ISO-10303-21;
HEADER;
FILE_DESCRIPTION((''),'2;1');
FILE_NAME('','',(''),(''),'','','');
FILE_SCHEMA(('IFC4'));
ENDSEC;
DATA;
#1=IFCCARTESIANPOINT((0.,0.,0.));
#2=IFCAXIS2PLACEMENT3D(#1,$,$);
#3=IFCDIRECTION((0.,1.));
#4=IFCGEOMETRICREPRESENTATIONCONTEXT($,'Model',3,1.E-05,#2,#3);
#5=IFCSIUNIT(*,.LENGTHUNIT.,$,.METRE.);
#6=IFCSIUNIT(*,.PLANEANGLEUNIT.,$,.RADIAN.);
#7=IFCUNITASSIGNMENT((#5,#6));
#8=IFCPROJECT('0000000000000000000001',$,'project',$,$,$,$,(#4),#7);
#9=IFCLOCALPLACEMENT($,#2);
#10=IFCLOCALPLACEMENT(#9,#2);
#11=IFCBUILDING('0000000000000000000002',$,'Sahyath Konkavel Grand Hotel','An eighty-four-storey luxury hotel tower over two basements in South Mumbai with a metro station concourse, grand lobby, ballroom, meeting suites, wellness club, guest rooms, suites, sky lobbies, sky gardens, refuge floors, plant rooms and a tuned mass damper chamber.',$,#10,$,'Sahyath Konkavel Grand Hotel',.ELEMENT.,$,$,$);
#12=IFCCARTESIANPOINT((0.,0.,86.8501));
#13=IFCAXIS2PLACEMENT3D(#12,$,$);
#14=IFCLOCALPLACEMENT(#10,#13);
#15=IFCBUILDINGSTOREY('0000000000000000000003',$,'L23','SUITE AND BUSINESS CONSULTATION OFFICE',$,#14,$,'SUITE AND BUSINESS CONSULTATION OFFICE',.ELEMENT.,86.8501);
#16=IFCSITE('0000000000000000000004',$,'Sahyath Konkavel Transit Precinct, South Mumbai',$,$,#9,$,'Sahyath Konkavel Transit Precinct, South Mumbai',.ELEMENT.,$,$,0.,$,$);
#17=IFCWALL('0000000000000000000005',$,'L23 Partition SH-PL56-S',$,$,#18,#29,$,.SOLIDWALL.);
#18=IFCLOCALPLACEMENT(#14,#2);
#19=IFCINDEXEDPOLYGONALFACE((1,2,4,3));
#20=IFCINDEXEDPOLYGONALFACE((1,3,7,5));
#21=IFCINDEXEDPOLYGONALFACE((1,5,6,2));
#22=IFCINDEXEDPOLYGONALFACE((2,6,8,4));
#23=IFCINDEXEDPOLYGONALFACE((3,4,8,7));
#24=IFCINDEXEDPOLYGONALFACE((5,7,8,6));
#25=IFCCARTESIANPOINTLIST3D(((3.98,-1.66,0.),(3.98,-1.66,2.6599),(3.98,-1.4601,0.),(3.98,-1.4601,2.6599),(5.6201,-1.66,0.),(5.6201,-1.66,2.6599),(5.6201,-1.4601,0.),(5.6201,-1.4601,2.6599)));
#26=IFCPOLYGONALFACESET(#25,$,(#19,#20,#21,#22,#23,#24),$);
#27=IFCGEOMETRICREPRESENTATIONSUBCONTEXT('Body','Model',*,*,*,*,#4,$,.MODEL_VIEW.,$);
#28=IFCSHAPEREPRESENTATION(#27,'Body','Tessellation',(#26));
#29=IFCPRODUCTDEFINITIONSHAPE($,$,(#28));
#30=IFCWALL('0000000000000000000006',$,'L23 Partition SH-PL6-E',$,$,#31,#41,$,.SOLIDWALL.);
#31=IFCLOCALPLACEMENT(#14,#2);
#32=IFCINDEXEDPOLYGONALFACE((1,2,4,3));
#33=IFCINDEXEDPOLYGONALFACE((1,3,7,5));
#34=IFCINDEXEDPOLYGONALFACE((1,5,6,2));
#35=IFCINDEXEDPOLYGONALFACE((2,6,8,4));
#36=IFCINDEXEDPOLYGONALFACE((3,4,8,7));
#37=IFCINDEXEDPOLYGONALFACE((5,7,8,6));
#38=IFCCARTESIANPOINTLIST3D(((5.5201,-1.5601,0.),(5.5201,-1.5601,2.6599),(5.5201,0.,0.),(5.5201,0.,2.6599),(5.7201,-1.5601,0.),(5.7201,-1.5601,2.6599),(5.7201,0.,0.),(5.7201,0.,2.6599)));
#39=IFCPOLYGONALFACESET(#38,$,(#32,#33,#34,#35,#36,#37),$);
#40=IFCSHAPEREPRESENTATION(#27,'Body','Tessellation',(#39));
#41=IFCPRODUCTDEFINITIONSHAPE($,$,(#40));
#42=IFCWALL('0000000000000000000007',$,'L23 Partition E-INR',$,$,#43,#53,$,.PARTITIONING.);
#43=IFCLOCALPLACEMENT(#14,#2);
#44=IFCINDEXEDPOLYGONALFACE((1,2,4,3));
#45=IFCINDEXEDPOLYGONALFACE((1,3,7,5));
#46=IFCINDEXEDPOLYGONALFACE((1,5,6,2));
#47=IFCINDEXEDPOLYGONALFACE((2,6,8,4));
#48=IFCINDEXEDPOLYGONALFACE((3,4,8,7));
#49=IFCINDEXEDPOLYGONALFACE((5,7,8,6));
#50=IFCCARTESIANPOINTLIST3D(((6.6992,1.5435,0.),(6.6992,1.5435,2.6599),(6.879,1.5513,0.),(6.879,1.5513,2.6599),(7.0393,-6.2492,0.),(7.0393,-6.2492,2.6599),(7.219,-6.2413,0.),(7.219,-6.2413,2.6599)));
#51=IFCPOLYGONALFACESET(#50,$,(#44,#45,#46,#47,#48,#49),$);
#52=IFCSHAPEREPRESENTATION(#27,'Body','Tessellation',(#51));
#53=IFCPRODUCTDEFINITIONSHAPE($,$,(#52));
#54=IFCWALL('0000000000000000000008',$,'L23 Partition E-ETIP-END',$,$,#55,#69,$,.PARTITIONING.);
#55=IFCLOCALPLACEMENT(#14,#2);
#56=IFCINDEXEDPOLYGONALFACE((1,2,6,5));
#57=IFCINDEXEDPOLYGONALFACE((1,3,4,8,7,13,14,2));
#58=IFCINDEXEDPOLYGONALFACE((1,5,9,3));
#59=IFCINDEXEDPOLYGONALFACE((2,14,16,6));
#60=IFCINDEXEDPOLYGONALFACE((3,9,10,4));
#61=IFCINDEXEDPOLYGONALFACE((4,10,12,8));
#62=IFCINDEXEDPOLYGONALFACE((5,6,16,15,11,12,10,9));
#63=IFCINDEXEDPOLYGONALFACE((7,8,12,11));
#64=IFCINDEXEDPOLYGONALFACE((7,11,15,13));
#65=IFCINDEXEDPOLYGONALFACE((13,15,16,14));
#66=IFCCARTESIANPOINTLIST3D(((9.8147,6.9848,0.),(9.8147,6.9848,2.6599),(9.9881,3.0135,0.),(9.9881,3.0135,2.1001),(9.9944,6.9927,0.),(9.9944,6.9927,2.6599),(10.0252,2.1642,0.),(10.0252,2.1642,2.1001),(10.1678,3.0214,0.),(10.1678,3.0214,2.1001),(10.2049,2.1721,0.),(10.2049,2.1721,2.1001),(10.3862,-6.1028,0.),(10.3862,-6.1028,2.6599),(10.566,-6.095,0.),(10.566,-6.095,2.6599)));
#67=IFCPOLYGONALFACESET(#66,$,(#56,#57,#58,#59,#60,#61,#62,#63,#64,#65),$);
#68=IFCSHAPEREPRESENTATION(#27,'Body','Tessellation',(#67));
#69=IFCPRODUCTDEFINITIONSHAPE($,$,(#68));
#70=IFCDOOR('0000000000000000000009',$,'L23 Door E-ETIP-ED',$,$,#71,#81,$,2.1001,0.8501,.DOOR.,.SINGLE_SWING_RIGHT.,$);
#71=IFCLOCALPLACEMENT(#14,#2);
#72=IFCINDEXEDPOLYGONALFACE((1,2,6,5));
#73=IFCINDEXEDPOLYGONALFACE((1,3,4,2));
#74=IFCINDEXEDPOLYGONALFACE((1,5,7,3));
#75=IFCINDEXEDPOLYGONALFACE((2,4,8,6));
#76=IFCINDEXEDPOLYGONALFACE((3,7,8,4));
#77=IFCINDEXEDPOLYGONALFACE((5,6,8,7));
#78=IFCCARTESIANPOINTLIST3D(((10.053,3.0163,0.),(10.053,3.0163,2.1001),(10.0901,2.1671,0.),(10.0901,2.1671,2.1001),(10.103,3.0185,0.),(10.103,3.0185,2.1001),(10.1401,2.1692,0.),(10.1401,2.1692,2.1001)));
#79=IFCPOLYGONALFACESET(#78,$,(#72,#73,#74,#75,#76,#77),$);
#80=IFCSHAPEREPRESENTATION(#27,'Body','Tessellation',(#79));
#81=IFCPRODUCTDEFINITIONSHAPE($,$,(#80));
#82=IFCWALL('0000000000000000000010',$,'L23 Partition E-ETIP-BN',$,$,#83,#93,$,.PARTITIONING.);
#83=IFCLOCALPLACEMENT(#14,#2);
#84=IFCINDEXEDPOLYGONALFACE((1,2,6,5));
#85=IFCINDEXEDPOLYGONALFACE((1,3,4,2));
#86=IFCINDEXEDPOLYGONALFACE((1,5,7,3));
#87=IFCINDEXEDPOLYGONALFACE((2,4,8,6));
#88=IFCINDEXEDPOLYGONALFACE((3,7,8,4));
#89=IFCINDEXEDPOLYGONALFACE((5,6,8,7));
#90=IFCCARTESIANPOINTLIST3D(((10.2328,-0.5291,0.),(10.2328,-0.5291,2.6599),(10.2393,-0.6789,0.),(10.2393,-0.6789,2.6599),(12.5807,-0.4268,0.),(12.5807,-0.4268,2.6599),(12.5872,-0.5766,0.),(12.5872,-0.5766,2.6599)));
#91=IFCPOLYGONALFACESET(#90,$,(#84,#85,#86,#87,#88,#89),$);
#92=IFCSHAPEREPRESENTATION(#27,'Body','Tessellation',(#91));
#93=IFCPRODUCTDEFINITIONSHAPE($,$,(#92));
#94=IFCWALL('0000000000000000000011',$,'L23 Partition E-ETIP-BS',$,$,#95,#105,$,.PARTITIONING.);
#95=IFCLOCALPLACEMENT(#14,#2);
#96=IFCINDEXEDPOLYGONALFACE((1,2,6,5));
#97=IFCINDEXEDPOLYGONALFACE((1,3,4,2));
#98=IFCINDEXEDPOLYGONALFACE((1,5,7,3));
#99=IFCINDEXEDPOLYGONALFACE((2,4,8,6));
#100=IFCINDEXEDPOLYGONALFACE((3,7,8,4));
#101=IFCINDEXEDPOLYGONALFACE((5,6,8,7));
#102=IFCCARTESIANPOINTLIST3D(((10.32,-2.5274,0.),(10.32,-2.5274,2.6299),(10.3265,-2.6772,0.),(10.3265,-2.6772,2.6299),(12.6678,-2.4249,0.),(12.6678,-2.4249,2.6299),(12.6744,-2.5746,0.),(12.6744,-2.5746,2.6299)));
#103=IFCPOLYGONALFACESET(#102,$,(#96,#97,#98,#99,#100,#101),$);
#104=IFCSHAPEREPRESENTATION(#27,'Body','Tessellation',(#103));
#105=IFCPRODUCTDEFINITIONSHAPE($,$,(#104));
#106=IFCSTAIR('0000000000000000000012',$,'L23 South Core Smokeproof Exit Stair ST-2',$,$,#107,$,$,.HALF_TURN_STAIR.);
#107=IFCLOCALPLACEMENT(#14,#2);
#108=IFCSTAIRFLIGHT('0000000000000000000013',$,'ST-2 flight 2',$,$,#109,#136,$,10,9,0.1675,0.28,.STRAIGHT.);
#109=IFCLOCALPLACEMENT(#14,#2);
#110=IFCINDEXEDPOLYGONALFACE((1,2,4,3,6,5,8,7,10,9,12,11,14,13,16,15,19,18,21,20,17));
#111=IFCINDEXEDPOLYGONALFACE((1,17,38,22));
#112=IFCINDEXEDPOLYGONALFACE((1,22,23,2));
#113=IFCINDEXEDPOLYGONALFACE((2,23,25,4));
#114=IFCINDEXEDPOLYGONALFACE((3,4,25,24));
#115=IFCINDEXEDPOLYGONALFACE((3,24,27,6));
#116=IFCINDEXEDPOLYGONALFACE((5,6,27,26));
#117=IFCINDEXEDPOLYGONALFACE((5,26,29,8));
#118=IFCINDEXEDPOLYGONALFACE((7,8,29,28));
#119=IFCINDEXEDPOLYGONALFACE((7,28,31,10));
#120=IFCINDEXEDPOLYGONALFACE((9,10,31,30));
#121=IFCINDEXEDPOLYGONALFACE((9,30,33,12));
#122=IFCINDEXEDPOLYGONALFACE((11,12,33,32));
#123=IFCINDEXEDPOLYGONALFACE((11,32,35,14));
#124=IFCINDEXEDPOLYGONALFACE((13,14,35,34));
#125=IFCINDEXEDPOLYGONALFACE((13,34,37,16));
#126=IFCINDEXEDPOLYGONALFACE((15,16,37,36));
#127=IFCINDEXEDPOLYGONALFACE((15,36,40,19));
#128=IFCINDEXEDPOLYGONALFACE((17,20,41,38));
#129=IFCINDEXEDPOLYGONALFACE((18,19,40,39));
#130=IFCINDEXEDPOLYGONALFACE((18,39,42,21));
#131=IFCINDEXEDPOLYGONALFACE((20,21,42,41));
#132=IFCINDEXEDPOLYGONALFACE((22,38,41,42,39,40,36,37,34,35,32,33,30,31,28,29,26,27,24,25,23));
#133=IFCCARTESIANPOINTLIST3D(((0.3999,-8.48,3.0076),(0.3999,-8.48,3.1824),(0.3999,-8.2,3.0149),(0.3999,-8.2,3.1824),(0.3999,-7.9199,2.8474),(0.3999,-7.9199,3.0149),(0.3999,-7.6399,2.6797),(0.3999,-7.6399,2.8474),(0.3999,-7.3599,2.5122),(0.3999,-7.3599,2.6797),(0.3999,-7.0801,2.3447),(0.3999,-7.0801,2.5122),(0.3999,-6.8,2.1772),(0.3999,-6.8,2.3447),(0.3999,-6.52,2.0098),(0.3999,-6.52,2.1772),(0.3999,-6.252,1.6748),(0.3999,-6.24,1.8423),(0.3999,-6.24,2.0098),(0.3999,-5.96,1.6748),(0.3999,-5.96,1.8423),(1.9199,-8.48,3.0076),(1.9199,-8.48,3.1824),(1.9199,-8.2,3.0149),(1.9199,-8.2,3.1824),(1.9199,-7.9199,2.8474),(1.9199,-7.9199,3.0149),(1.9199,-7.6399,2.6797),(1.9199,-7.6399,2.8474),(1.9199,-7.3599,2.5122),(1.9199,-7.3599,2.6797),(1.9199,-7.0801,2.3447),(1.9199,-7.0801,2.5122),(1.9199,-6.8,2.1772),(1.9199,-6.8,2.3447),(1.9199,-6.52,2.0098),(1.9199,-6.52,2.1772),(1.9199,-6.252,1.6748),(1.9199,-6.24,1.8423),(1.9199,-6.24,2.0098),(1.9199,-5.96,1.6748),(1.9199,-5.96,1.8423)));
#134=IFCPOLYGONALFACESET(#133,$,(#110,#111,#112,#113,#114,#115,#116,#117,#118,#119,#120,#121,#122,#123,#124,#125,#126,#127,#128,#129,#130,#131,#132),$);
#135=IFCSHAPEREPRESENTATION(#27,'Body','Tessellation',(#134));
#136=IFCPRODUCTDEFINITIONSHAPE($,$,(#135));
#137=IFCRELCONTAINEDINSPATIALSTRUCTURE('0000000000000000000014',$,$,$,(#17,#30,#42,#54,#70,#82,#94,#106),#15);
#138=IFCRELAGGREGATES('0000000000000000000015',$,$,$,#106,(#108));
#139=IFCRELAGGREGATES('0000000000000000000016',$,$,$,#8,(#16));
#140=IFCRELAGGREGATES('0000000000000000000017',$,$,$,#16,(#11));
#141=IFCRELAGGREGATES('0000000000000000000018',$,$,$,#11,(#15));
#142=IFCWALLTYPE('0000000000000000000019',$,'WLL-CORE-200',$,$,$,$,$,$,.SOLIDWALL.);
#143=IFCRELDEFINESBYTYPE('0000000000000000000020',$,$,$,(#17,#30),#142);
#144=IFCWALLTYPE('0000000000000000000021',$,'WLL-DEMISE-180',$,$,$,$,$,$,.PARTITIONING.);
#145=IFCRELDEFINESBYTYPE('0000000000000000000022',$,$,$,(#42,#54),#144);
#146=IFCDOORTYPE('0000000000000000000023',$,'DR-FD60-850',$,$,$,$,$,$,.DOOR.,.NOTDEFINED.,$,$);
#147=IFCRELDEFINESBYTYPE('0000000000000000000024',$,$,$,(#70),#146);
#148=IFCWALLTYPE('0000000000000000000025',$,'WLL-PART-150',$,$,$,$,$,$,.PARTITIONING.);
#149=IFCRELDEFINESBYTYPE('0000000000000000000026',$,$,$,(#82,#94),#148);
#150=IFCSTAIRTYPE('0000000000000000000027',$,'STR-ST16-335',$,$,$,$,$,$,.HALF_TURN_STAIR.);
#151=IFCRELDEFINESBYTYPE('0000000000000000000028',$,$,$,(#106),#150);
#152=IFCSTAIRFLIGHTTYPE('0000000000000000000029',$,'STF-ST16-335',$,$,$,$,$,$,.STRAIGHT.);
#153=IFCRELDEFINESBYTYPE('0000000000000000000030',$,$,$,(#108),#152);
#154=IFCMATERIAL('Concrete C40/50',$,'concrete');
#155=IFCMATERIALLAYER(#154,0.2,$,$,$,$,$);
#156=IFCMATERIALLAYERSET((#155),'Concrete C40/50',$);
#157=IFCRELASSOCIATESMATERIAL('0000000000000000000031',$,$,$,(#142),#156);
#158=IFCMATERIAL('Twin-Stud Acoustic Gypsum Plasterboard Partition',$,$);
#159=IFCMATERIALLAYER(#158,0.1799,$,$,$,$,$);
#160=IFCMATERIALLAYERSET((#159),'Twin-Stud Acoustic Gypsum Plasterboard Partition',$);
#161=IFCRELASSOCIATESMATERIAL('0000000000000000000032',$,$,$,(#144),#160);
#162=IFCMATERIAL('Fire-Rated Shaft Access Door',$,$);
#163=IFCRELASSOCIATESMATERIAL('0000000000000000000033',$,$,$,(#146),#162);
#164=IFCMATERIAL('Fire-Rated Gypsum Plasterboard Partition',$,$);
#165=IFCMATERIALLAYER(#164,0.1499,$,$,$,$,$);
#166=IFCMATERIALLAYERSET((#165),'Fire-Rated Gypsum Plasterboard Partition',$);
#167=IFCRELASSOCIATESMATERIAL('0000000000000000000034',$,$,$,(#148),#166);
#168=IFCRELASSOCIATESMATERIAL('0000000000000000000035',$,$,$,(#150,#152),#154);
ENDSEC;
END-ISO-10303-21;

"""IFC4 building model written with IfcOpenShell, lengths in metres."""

from ifc_helpers import new_model, si_unit, direction, frame, frame_2d, origin, origin_2d, place, context, subcontext, project, spatial, polyline, rectangle, outline, extrude, source, transform, mapped, material, layer, layer_set, type_object, element, fill, aggregate, save


model = new_model("IFC4")

# Units and contexts
model_context = context("Model", 3, precision=1e-05, world=origin(), true_north=direction((0.0, 1.0)))
body_context = subcontext(model_context, "Body", "Model", "MODEL_VIEW")
ifc_project = project(units=[si_unit("LENGTHUNIT", "METRE"), si_unit("PLANEANGLEUNIT", "RADIAN")], contexts=[model_context])

# Site, building, storey
site_placement = place(None, origin())
site = spatial("IfcSite", under=ifc_project, at=site_placement, Name="Sahyath Konkavel Transit Precinct, South Mumbai", LongName="Sahyath Konkavel Transit Precinct, South Mumbai", CompositionType="ELEMENT", RefElevation=0.0)
building_placement = place(site_placement, origin())
building = spatial("IfcBuilding", under=site, at=building_placement, Name="Sahyath Konkavel Grand Hotel", Description="An eighty-four-storey luxury hotel tower over two basements in South Mumbai with a metro station concourse, grand lobby, ballroom, meeting suites, wellness club, guest rooms, suites, sky lobbies, sky gardens, refuge floors, plant rooms and a tuned mass damper chamber.", LongName="Sahyath Konkavel Grand Hotel", CompositionType="ELEMENT")
storey_placement = place(building_placement, frame((0.0, 0.0, 86.8501)))
storey = spatial("IfcBuildingStorey", under=building, at=storey_placement, Name="L23", Description="SUITE AND BUSINESS CONSULTATION OFFICE", LongName="SUITE AND BUSINESS CONSULTATION OFFICE", CompositionType="ELEMENT", Elevation=86.8501)

# Walls
ifc_material_1 = material(Name="Concrete C40/50", Category="concrete")
ifc_layer_1 = layer(ifc_material_1, 0.2)
ifc_layer_set_1 = layer_set([ifc_layer_1], Name="Concrete C40/50")
wall_type_1 = type_object("IfcWallType", Name="WLL-CORE-200", PredefinedType="SOLIDWALL", material=ifc_layer_set_1)
wall_1_placement = place(storey_placement, frame((3.98, -1.5601, 0.0), z_axis=(0.0, 0.0, 1.0), x_axis=(1.0, 0.0, 0.0)))
element("IfcWall", 1, at=wall_1_placement, inside=storey, type_object=wall_type_1, Name="L23 Partition SH-PL56-S", PredefinedType="SOLIDWALL", context=body_context, shape_type="SweptSolid", body=[
    extrude(rectangle(XDim=1.6401, YDim=0.2, at=frame_2d((0.8201, 0.0))), origin(), (0.0, 0.0, 1.0), 2.6599),
])
wall_2_placement = place(storey_placement, frame((5.6201, -1.5601, 0.0), z_axis=(0.0, 0.0, 1.0), x_axis=(0.0, 1.0, 0.0)))
element("IfcWall", 2, at=wall_2_placement, inside=storey, type_object=wall_type_1, Name="L23 Partition SH-PL6-E", PredefinedType="SOLIDWALL", context=body_context, shape_type="SweptSolid", body=[
    extrude(rectangle(XDim=1.5601, YDim=0.2, at=frame_2d((0.78, 0.0))), origin(), (0.0, 0.0, 1.0), 2.6599),
])
ifc_material_2 = material(Name="Twin-Stud Acoustic Gypsum Plasterboard Partition")
ifc_layer_2 = layer(ifc_material_2, 0.1799)
ifc_layer_set_2 = layer_set([ifc_layer_2], Name="Twin-Stud Acoustic Gypsum Plasterboard Partition")
wall_type_2 = type_object("IfcWallType", Name="WLL-DEMISE-180", PredefinedType="PARTITIONING", material=ifc_layer_set_2)
wall_3_placement = place(storey_placement, frame((7.1292, -6.2451, 0.0), z_axis=(0.0, 0.0, 1.0), x_axis=(-0.0436, 0.999049, 0.0)))
element("IfcWall", 3, at=wall_3_placement, inside=storey, type_object=wall_type_2, Name="L23 Partition E-INR", PredefinedType="PARTITIONING", context=body_context, shape_type="SweptSolid", body=[
    extrude(rectangle(XDim=7.8, YDim=0.1799, at=frame_2d((3.8999, 0.0))), origin(), (0.0, 0.0, 1.0), 2.6599),
])

# Wall, opening, door
wall_4_placement = place(storey_placement, frame((10.4761, -6.0989, 0.0), z_axis=(0.0, 0.0, 1.0), x_axis=(-0.043628, 0.999048, 0.0)))
wall_4 = element("IfcWall", 4, at=wall_4_placement, inside=storey, type_object=wall_type_2, Name="L23 Partition E-ETIP-END", PredefinedType="PARTITIONING", context=body_context, shape_type="SweptSolid", body=[
    extrude(rectangle(XDim=13.1001, YDim=0.1799, at=frame_2d((6.55, 0.0))), origin(), (0.0, 0.0, 1.0), 2.6599),
])
opening_placement = place(wall_4_placement, frame((8.2749, 0.0, 0.0)))
opening = element("IfcOpeningElement", 5, at=opening_placement, cuts=wall_4, PredefinedType="OPENING", context=body_context, shape_type="SweptSolid", body=[
    extrude(rectangle(XDim=0.8501, YDim=2.1001, at=frame_2d((0.425, 1.05))), frame((0.0, 0.1001, 0.0), z_axis=(0.0, -1.0, 0.0), x_axis=(1.0, 0.0, 0.0)), (0.0, 0.0, 1.0), 0.2),
])
ifc_material_3 = material(Name="Fire-Rated Shaft Access Door")
door_type = type_object("IfcDoorType", Name="DR-FD60-850", OperationType="NOTDEFINED", PredefinedType="DOOR", material=ifc_material_3)
shared_shape_1 = source(origin(), body_context, "Body", "SweptSolid", [
    extrude(rectangle(XDim=0.8501, YDim=0.05, at=origin_2d()), origin(), (0.0, 0.0, 1.0), 2.1001),
])
door_placement = place(opening_placement, frame((0.425, 0.0, 0.0)))
door = element("IfcDoor", 6, at=door_placement, inside=storey, type_object=door_type, Name="L23 Door E-ETIP-ED", OperationType="SINGLE_SWING_RIGHT", OverallHeight=2.1001, OverallWidth=0.8501, PredefinedType="DOOR", context=body_context, shape_type="MappedRepresentation", body=[
    mapped(shared_shape_1, transform((0.0, 0.0, 0.0), scale=1.0)),
])
fill(opening, door)

# Walls
ifc_material_4 = material(Name="Fire-Rated Gypsum Plasterboard Partition")
ifc_layer_3 = layer(ifc_material_4, 0.1499)
ifc_layer_set_3 = layer_set([ifc_layer_3], Name="Fire-Rated Gypsum Plasterboard Partition")
wall_type_3 = type_object("IfcWallType", Name="WLL-PART-150", PredefinedType="PARTITIONING", material=ifc_layer_set_3)
wall_5_placement = place(storey_placement, frame((10.2361, -0.604, 0.0), z_axis=(0.0, 0.0, 1.0), x_axis=(0.999052, 0.043527, 0.0)))
element("IfcWall", 7, at=wall_5_placement, inside=storey, type_object=wall_type_3, Name="L23 Partition E-ETIP-BN", PredefinedType="PARTITIONING", context=body_context, shape_type="SweptSolid", body=[
    extrude(rectangle(XDim=2.3501, YDim=0.1499, at=frame_2d((1.175, 0.0))), origin(), (0.0, 0.0, 1.0), 2.6599),
])
wall_6_placement = place(storey_placement, frame((10.3232, -2.6023, 0.0), z_axis=(0.0, 0.0, 1.0), x_axis=(0.999048, 0.043631, 0.0)))
element("IfcWall", 8, at=wall_6_placement, inside=storey, type_object=wall_type_3, Name="L23 Partition E-ETIP-BS", PredefinedType="PARTITIONING", context=body_context, shape_type="SweptSolid", body=[
    extrude(rectangle(XDim=2.3501, YDim=0.1499, at=frame_2d((1.175, 0.0))), origin(), (0.0, 0.0, 1.0), 2.6299),
])

# Stair, stair flight
stair_type = type_object("IfcStairType", Name="STR-ST16-335", PredefinedType="HALF_TURN_STAIR", material=ifc_material_1)
stair_placement = place(storey_placement, origin())
stair = element("IfcStair", 9, at=stair_placement, inside=storey, type_object=stair_type, Name="L23 South Core Smokeproof Exit Stair ST-2", PredefinedType="HALF_TURN_STAIR")
stair_flight_type = type_object("IfcStairFlightType", Name="STF-ST16-335", PredefinedType="STRAIGHT", material=ifc_material_1)
stair_flight_placement = place(storey_placement, frame((1.1599, -5.96, 1.6748), z_axis=(0.0, 0.0, 1.0), x_axis=(0.0, -1.0, 0.0)))
stair_flight = element("IfcStairFlight", 10, at=stair_flight_placement, type_object=stair_flight_type, Name="ST-2 flight 2", NumberOfRisers=10, NumberOfTreads=9, PredefinedType="STRAIGHT", RiserHeight=0.1675, TreadLength=0.28, context=body_context, shape_type="SweptSolid", body=[
    extrude(outline(polyline([(0.0, 0.0), (0.0, 0.1675), (0.28, 0.1675), (0.28, 0.335), (0.5601, 0.335), (0.5601, 0.5024), (0.8401, 0.5024), (0.8401, 0.6699), (1.1201, 0.6699), (1.1201, 0.8374), (1.3999, 0.8374), (1.3999, 1.0049), (1.6799, 1.0049), (1.6799, 1.1726), (1.96, 1.1726), (1.96, 1.3401), (2.24, 1.3401), (2.24, 1.5076), (2.52, 1.5076), (2.52, 1.675), (2.52, 1.3328), (0.292, 0.0), (0.0, 0.0)])), frame((0.0, 0.76, 0.0), z_axis=(0.0, -1.0, 0.0), x_axis=(1.0, 0.0, 0.0)), (0.0, 0.0, 1.0), 1.52),
])
aggregate(stair, [stair_flight])

save(model, "model.ifc")
